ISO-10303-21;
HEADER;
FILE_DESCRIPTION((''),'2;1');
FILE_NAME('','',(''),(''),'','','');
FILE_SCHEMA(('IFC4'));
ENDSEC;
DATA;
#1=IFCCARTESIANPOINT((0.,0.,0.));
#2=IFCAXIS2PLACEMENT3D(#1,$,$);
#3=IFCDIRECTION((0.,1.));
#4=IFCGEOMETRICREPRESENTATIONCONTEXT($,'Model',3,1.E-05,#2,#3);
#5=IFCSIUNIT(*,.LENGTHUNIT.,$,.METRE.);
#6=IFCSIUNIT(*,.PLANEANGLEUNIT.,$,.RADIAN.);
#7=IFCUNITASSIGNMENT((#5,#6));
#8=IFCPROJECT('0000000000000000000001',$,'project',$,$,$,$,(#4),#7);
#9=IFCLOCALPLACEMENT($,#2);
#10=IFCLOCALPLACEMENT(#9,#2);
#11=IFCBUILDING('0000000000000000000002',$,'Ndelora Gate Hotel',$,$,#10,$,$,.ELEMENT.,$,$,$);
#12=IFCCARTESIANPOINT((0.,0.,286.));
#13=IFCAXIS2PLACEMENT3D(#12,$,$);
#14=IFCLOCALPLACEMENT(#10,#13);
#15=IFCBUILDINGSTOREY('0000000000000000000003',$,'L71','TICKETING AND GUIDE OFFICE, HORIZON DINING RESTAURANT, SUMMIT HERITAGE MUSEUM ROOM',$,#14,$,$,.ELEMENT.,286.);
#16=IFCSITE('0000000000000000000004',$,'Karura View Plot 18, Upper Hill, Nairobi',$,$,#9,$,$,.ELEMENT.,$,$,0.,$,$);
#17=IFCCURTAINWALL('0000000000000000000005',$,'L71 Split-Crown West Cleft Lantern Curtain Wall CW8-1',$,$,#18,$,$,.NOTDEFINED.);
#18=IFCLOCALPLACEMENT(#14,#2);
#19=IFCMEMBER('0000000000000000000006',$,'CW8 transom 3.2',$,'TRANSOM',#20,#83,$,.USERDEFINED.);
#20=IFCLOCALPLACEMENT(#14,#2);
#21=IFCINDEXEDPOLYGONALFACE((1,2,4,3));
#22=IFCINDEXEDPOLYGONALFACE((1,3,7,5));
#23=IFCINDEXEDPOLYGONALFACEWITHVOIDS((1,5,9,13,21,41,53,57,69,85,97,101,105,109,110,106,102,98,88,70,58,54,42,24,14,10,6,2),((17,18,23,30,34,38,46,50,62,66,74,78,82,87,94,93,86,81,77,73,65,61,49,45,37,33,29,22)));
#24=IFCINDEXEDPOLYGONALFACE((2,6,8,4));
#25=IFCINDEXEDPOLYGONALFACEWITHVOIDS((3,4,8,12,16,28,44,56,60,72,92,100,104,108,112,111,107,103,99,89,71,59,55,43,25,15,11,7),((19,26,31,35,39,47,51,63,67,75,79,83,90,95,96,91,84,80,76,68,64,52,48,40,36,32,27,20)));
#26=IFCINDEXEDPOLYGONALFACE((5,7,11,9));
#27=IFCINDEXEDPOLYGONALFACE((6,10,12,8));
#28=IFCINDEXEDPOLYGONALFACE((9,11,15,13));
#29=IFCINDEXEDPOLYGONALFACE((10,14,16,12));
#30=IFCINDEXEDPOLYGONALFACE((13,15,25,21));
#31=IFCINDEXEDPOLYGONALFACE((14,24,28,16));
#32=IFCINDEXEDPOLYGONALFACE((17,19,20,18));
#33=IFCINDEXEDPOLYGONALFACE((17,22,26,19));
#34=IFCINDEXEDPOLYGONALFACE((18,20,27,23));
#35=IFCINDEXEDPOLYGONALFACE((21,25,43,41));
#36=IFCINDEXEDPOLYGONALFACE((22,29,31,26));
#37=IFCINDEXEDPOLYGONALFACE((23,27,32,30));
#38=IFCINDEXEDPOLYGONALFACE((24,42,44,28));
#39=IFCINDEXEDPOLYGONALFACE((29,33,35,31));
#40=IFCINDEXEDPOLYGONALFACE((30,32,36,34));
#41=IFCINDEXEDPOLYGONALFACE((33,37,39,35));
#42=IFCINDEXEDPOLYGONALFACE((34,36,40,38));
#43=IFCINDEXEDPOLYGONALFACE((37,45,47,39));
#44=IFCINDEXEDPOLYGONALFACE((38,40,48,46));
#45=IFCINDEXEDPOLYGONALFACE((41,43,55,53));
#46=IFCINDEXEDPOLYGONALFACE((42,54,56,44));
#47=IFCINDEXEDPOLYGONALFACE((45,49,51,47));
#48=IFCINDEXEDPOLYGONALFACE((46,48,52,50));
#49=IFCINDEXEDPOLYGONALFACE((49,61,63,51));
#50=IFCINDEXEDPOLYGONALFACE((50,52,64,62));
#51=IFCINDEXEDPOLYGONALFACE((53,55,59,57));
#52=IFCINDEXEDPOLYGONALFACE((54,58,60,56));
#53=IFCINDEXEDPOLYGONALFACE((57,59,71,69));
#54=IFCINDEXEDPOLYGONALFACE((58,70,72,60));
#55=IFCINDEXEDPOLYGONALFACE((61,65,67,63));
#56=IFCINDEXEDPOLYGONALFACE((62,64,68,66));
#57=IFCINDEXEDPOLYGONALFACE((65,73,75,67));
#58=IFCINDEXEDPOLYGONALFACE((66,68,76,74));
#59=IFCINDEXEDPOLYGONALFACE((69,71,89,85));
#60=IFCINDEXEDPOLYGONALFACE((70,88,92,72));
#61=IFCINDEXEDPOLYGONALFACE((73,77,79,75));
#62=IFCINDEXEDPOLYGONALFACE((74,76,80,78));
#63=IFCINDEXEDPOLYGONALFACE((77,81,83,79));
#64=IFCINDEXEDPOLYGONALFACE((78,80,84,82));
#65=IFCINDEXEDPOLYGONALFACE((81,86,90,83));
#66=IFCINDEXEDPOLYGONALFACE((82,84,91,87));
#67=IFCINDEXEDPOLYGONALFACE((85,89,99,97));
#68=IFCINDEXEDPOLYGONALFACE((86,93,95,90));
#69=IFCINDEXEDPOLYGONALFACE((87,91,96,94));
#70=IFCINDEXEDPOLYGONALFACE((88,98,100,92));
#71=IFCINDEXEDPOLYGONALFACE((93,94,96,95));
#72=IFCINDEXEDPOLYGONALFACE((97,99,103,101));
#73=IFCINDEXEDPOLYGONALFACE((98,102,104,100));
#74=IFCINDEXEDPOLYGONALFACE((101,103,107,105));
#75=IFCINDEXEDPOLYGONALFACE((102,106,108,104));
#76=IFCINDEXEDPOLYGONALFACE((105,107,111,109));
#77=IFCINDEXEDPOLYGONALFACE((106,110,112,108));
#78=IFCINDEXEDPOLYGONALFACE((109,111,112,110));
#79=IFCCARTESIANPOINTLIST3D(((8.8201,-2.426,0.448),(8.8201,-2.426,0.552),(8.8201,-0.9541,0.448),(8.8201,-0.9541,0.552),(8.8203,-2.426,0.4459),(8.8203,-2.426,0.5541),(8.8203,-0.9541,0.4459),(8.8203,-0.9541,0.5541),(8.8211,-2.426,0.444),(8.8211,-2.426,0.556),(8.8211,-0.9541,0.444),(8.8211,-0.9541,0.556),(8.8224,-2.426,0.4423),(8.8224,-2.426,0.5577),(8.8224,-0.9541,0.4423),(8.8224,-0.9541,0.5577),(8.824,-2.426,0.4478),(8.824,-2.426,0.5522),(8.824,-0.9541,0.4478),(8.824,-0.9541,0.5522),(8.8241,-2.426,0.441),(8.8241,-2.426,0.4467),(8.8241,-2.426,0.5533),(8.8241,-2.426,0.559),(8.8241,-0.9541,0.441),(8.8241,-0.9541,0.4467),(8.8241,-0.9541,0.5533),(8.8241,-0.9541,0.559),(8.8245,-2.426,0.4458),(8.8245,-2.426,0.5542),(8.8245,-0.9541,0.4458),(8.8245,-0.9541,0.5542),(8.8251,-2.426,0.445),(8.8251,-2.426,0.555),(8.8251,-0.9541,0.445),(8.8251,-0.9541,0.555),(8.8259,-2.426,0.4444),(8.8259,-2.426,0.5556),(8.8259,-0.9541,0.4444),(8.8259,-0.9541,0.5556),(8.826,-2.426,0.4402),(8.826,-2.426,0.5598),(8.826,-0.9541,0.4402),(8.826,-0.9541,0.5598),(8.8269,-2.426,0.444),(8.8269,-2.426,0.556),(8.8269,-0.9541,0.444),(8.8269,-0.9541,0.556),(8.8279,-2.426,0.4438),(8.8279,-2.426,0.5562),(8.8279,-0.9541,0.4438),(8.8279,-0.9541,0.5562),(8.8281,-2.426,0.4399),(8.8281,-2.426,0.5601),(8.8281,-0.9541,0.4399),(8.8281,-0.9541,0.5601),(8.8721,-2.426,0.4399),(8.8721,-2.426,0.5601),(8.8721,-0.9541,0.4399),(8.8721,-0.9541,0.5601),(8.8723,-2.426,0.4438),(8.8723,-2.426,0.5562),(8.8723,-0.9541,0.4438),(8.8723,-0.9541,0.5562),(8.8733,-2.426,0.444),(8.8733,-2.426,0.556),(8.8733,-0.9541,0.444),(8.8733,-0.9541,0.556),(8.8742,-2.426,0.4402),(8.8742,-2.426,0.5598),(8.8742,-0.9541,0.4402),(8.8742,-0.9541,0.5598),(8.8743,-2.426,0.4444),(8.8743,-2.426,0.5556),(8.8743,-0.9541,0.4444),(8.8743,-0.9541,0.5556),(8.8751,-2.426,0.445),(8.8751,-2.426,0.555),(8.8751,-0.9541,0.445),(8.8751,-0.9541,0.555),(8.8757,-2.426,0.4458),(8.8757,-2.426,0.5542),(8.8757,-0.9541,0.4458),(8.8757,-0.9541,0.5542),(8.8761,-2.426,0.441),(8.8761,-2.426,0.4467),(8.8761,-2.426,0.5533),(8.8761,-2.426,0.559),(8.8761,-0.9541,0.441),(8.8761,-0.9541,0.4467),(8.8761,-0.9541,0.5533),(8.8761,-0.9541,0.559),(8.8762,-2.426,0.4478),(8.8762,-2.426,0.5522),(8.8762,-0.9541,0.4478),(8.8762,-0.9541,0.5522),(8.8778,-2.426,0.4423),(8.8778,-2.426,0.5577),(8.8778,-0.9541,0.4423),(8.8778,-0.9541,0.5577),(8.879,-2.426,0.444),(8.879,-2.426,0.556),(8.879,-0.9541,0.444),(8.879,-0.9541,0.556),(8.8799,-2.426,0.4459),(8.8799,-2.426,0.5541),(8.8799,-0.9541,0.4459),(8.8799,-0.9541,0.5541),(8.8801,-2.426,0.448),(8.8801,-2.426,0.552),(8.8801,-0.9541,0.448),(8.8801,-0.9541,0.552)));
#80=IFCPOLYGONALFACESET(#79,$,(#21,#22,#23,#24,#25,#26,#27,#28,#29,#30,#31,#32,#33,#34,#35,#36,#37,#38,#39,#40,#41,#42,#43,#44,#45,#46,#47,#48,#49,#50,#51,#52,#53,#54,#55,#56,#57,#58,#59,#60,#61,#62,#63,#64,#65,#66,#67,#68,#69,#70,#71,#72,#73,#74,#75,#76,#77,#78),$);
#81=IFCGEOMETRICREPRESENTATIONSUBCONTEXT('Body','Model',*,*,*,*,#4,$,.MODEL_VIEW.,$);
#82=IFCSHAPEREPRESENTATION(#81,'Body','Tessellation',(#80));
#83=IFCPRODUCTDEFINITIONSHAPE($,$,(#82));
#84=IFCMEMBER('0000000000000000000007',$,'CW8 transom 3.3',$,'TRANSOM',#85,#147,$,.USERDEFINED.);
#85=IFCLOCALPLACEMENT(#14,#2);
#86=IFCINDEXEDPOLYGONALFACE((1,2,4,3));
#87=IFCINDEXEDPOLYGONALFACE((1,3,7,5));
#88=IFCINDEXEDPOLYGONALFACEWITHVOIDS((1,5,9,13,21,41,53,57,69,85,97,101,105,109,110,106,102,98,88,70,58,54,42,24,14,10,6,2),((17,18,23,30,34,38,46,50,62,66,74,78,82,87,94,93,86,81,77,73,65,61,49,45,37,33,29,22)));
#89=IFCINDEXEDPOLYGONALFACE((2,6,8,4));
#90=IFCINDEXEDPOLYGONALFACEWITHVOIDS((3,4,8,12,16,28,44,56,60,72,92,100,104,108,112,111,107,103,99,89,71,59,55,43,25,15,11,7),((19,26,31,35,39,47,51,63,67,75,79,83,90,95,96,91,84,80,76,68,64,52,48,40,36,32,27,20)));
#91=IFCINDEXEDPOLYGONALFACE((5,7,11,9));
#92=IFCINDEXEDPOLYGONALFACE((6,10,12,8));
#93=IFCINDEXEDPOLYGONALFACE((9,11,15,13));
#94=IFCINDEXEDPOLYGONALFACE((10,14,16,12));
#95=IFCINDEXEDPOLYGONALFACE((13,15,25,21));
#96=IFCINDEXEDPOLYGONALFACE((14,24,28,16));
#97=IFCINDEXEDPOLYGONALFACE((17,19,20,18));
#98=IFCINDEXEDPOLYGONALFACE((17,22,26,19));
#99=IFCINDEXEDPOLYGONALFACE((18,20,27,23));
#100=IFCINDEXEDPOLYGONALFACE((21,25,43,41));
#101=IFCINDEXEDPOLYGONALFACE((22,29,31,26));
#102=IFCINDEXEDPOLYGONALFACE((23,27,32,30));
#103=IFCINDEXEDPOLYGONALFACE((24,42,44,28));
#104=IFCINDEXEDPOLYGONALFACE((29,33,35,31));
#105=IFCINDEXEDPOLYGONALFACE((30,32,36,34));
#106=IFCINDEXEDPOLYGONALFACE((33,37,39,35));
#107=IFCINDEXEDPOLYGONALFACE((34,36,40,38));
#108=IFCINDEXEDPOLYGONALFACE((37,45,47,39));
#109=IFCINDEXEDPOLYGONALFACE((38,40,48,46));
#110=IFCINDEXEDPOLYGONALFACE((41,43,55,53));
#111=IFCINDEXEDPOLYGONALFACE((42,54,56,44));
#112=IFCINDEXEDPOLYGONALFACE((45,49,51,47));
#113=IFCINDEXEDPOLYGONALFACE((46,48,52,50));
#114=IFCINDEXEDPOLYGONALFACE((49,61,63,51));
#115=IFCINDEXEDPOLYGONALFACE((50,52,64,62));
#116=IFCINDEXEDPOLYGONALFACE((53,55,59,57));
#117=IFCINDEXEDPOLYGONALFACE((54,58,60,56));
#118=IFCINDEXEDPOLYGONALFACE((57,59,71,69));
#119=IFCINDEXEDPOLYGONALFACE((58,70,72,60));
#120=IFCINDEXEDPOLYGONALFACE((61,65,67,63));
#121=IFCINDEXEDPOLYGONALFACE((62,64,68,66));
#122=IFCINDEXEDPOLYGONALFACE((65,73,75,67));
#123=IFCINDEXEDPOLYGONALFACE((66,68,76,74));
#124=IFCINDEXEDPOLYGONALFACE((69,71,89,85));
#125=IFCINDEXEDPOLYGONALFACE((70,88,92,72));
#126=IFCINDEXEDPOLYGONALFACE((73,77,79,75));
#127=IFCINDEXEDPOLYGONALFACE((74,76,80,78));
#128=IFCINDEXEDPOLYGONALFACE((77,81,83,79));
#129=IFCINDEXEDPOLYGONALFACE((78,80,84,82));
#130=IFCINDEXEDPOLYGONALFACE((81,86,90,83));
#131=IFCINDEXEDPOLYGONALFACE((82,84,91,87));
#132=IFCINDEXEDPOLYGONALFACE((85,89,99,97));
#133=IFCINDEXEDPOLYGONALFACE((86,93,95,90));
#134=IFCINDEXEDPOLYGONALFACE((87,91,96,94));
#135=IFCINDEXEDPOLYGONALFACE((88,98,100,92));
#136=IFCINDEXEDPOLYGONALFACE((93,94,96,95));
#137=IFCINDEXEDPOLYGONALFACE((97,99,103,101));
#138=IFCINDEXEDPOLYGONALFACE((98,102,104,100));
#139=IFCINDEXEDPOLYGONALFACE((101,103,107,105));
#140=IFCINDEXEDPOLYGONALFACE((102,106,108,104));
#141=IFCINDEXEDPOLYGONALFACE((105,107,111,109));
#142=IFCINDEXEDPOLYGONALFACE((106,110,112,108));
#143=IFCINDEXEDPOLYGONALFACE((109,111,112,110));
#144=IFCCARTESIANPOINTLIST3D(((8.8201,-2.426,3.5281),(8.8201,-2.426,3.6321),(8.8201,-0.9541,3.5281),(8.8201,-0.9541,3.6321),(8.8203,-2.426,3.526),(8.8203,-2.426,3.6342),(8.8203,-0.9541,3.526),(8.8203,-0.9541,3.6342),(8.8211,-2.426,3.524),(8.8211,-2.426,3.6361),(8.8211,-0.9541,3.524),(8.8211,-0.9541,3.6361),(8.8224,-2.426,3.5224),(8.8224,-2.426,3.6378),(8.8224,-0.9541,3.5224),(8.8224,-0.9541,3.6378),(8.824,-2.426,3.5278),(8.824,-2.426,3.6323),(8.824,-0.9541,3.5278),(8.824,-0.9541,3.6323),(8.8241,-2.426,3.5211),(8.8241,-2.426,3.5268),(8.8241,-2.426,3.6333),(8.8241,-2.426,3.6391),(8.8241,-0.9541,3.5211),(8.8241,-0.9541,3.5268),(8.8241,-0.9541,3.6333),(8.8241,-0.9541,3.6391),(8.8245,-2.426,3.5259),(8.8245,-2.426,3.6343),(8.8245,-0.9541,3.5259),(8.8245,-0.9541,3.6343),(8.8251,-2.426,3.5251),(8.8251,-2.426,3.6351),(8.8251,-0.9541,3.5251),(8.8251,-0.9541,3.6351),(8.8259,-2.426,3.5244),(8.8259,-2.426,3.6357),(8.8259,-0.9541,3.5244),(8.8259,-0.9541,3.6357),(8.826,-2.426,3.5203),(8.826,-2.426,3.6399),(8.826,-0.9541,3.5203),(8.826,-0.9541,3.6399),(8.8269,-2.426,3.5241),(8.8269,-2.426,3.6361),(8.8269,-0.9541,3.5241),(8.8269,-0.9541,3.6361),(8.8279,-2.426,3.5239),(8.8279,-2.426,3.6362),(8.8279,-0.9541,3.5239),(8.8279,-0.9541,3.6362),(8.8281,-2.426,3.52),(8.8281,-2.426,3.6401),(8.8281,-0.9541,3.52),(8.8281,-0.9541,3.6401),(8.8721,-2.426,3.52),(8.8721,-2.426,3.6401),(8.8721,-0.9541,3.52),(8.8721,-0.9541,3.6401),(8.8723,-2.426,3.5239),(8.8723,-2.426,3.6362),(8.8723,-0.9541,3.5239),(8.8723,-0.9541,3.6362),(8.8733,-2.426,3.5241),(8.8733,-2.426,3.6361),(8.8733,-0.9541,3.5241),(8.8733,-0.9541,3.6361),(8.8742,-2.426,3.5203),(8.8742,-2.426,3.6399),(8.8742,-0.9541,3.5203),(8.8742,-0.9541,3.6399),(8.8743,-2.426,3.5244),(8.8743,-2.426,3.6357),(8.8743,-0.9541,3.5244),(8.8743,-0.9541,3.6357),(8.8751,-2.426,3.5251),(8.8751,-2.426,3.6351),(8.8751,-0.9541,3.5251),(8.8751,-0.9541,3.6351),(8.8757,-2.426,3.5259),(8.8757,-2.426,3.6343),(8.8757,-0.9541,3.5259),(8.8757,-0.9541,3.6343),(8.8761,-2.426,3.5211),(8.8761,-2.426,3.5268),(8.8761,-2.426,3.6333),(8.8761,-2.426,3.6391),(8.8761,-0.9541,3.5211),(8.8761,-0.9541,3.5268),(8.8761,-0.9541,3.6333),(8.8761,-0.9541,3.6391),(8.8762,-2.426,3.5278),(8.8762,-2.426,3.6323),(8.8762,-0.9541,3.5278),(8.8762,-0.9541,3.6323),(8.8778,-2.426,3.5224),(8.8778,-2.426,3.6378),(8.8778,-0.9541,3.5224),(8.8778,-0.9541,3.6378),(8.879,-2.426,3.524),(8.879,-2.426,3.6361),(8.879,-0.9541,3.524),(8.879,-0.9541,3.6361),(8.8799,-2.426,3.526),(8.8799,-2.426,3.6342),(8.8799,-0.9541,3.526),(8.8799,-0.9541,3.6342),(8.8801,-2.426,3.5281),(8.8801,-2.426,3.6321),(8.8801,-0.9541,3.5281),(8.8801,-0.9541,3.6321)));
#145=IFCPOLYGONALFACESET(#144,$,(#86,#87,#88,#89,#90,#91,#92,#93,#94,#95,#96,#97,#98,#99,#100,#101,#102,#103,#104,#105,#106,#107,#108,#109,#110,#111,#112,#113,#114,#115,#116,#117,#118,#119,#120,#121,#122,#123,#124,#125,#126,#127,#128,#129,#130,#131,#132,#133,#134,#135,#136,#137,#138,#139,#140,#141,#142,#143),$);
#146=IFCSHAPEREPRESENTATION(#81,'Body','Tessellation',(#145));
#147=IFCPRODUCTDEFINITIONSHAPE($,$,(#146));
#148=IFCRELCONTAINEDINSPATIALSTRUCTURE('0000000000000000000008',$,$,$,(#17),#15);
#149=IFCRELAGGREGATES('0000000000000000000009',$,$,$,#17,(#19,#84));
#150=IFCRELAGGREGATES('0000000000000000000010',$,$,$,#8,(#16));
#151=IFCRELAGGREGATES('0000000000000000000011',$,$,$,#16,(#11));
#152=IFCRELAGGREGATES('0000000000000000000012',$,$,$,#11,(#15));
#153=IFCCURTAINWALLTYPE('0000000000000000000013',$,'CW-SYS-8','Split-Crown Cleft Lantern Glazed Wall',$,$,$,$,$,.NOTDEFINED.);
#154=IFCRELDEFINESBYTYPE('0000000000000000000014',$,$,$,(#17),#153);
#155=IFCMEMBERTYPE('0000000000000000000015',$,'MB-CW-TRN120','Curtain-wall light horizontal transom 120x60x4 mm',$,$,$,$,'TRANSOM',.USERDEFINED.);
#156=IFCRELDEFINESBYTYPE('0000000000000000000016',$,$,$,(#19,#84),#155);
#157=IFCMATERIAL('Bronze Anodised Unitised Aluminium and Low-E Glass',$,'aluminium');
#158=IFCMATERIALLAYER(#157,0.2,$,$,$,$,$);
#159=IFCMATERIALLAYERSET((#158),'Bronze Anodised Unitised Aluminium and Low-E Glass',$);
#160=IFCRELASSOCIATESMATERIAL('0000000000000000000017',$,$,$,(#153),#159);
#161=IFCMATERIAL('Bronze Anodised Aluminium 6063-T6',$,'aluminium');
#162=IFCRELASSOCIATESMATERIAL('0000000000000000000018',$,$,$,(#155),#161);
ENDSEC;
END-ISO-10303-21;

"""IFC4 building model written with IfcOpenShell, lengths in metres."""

from ifc_helpers import new_model, si_unit, direction, frame, origin, origin_2d, place, context, subcontext, project, spatial, hollow_rectangle, extrude, material, layer, layer_set, material_profile, profile_set, type_object, element, aggregate, save


model = new_model("IFC4")

# Units and contexts
model_context = context("Model", 3, precision=1e-05, world=origin(), true_north=direction((0.0, 1.0)))
body_context = subcontext(model_context, "Body", "Model", "MODEL_VIEW")
ifc_project = project(units=[si_unit("LENGTHUNIT", "METRE"), si_unit("PLANEANGLEUNIT", "RADIAN")], contexts=[model_context])

# Site, building, storey
site_placement = place(None, origin())
site = spatial("IfcSite", under=ifc_project, at=site_placement, Name="Karura View Plot 18, Upper Hill, Nairobi", CompositionType="ELEMENT", RefElevation=0.0)
building_placement = place(site_placement, origin())
building = spatial("IfcBuilding", under=site, at=building_placement, Name="Ndelora Gate Hotel", CompositionType="ELEMENT")
storey_placement = place(building_placement, frame((0.0, 0.0, 286.0)))
storey = spatial("IfcBuildingStorey", under=building, at=storey_placement, Name="L71", Description="TICKETING AND GUIDE OFFICE, HORIZON DINING RESTAURANT, SUMMIT HERITAGE MUSEUM ROOM", CompositionType="ELEMENT", Elevation=286.0)

# Curtain wall, members
ifc_material_1 = material(Name="Bronze Anodised Unitised Aluminium and Low-E Glass", Category="aluminium")
ifc_layer_1 = layer(ifc_material_1, 0.2)
ifc_layer_set_1 = layer_set([ifc_layer_1], Name="Bronze Anodised Unitised Aluminium and Low-E Glass")
curtain_wall_type = type_object("IfcCurtainWallType", Name="CW-SYS-8", Description="Split-Crown Cleft Lantern Glazed Wall", PredefinedType="NOTDEFINED", material=ifc_layer_set_1)
curtain_wall_placement = place(storey_placement, origin())
curtain_wall = element("IfcCurtainWall", 1, at=curtain_wall_placement, inside=storey, type_object=curtain_wall_type, Name="L71 Split-Crown West Cleft Lantern Curtain Wall CW8-1", PredefinedType="NOTDEFINED")
ifc_material_2 = material(Name="Bronze Anodised Aluminium 6063-T6", Category="aluminium")
ifc_material_profile_1 = material_profile(ifc_material_2, hollow_rectangle(XDim=0.0601, YDim=0.1201, WallThickness=0.0039, InnerFilletRadius=0.0039, OuterFilletRadius=0.0081, at=origin_2d()), Name="ALU 120x60x4")
ifc_profile_set_1 = profile_set([ifc_material_profile_1], Name="Bronze Anodised Aluminium 6063-T6")
member_type_1 = type_object("IfcMemberType", Name="MB-CW-TRN120", Description="Curtain-wall light horizontal transom 120x60x4 mm", ElementType="TRANSOM", PredefinedType="USERDEFINED", material=ifc_profile_set_1)
member_1_placement = place(storey_placement, frame((8.8501, -2.426, 0.5), z_axis=(0.0, 1.0, 0.0), x_axis=(-1.0, 0.0, 0.0)))
member_1 = element("IfcMember", 2, at=member_1_placement, type_object=member_type_1, Name="CW8 transom 3.2", ObjectType="TRANSOM", PredefinedType="USERDEFINED", context=body_context, shape_type="SweptSolid", body=[
    extrude(hollow_rectangle(XDim=0.0601, YDim=0.1201, WallThickness=0.0039, InnerFilletRadius=0.0039, OuterFilletRadius=0.0081, at=origin_2d()), origin(), (0.0, 0.0, 1.0), 1.4719),
])
member_2_placement = place(storey_placement, frame((8.8501, -2.426, 3.5801), z_axis=(0.0, 1.0, 0.0), x_axis=(-1.0, 0.0, 0.0)))
member_2 = element("IfcMember", 3, at=member_2_placement, type_object=member_type_1, Name="CW8 transom 3.3", ObjectType="TRANSOM", PredefinedType="USERDEFINED", context=body_context, shape_type="SweptSolid", body=[
    extrude(hollow_rectangle(XDim=0.0601, YDim=0.1201, WallThickness=0.0039, InnerFilletRadius=0.0039, OuterFilletRadius=0.0081, at=origin_2d()), origin(), (0.0, 0.0, 1.0), 1.4719),
])
aggregate(curtain_wall, [member_1, member_2])

save(model, "model.ifc")
